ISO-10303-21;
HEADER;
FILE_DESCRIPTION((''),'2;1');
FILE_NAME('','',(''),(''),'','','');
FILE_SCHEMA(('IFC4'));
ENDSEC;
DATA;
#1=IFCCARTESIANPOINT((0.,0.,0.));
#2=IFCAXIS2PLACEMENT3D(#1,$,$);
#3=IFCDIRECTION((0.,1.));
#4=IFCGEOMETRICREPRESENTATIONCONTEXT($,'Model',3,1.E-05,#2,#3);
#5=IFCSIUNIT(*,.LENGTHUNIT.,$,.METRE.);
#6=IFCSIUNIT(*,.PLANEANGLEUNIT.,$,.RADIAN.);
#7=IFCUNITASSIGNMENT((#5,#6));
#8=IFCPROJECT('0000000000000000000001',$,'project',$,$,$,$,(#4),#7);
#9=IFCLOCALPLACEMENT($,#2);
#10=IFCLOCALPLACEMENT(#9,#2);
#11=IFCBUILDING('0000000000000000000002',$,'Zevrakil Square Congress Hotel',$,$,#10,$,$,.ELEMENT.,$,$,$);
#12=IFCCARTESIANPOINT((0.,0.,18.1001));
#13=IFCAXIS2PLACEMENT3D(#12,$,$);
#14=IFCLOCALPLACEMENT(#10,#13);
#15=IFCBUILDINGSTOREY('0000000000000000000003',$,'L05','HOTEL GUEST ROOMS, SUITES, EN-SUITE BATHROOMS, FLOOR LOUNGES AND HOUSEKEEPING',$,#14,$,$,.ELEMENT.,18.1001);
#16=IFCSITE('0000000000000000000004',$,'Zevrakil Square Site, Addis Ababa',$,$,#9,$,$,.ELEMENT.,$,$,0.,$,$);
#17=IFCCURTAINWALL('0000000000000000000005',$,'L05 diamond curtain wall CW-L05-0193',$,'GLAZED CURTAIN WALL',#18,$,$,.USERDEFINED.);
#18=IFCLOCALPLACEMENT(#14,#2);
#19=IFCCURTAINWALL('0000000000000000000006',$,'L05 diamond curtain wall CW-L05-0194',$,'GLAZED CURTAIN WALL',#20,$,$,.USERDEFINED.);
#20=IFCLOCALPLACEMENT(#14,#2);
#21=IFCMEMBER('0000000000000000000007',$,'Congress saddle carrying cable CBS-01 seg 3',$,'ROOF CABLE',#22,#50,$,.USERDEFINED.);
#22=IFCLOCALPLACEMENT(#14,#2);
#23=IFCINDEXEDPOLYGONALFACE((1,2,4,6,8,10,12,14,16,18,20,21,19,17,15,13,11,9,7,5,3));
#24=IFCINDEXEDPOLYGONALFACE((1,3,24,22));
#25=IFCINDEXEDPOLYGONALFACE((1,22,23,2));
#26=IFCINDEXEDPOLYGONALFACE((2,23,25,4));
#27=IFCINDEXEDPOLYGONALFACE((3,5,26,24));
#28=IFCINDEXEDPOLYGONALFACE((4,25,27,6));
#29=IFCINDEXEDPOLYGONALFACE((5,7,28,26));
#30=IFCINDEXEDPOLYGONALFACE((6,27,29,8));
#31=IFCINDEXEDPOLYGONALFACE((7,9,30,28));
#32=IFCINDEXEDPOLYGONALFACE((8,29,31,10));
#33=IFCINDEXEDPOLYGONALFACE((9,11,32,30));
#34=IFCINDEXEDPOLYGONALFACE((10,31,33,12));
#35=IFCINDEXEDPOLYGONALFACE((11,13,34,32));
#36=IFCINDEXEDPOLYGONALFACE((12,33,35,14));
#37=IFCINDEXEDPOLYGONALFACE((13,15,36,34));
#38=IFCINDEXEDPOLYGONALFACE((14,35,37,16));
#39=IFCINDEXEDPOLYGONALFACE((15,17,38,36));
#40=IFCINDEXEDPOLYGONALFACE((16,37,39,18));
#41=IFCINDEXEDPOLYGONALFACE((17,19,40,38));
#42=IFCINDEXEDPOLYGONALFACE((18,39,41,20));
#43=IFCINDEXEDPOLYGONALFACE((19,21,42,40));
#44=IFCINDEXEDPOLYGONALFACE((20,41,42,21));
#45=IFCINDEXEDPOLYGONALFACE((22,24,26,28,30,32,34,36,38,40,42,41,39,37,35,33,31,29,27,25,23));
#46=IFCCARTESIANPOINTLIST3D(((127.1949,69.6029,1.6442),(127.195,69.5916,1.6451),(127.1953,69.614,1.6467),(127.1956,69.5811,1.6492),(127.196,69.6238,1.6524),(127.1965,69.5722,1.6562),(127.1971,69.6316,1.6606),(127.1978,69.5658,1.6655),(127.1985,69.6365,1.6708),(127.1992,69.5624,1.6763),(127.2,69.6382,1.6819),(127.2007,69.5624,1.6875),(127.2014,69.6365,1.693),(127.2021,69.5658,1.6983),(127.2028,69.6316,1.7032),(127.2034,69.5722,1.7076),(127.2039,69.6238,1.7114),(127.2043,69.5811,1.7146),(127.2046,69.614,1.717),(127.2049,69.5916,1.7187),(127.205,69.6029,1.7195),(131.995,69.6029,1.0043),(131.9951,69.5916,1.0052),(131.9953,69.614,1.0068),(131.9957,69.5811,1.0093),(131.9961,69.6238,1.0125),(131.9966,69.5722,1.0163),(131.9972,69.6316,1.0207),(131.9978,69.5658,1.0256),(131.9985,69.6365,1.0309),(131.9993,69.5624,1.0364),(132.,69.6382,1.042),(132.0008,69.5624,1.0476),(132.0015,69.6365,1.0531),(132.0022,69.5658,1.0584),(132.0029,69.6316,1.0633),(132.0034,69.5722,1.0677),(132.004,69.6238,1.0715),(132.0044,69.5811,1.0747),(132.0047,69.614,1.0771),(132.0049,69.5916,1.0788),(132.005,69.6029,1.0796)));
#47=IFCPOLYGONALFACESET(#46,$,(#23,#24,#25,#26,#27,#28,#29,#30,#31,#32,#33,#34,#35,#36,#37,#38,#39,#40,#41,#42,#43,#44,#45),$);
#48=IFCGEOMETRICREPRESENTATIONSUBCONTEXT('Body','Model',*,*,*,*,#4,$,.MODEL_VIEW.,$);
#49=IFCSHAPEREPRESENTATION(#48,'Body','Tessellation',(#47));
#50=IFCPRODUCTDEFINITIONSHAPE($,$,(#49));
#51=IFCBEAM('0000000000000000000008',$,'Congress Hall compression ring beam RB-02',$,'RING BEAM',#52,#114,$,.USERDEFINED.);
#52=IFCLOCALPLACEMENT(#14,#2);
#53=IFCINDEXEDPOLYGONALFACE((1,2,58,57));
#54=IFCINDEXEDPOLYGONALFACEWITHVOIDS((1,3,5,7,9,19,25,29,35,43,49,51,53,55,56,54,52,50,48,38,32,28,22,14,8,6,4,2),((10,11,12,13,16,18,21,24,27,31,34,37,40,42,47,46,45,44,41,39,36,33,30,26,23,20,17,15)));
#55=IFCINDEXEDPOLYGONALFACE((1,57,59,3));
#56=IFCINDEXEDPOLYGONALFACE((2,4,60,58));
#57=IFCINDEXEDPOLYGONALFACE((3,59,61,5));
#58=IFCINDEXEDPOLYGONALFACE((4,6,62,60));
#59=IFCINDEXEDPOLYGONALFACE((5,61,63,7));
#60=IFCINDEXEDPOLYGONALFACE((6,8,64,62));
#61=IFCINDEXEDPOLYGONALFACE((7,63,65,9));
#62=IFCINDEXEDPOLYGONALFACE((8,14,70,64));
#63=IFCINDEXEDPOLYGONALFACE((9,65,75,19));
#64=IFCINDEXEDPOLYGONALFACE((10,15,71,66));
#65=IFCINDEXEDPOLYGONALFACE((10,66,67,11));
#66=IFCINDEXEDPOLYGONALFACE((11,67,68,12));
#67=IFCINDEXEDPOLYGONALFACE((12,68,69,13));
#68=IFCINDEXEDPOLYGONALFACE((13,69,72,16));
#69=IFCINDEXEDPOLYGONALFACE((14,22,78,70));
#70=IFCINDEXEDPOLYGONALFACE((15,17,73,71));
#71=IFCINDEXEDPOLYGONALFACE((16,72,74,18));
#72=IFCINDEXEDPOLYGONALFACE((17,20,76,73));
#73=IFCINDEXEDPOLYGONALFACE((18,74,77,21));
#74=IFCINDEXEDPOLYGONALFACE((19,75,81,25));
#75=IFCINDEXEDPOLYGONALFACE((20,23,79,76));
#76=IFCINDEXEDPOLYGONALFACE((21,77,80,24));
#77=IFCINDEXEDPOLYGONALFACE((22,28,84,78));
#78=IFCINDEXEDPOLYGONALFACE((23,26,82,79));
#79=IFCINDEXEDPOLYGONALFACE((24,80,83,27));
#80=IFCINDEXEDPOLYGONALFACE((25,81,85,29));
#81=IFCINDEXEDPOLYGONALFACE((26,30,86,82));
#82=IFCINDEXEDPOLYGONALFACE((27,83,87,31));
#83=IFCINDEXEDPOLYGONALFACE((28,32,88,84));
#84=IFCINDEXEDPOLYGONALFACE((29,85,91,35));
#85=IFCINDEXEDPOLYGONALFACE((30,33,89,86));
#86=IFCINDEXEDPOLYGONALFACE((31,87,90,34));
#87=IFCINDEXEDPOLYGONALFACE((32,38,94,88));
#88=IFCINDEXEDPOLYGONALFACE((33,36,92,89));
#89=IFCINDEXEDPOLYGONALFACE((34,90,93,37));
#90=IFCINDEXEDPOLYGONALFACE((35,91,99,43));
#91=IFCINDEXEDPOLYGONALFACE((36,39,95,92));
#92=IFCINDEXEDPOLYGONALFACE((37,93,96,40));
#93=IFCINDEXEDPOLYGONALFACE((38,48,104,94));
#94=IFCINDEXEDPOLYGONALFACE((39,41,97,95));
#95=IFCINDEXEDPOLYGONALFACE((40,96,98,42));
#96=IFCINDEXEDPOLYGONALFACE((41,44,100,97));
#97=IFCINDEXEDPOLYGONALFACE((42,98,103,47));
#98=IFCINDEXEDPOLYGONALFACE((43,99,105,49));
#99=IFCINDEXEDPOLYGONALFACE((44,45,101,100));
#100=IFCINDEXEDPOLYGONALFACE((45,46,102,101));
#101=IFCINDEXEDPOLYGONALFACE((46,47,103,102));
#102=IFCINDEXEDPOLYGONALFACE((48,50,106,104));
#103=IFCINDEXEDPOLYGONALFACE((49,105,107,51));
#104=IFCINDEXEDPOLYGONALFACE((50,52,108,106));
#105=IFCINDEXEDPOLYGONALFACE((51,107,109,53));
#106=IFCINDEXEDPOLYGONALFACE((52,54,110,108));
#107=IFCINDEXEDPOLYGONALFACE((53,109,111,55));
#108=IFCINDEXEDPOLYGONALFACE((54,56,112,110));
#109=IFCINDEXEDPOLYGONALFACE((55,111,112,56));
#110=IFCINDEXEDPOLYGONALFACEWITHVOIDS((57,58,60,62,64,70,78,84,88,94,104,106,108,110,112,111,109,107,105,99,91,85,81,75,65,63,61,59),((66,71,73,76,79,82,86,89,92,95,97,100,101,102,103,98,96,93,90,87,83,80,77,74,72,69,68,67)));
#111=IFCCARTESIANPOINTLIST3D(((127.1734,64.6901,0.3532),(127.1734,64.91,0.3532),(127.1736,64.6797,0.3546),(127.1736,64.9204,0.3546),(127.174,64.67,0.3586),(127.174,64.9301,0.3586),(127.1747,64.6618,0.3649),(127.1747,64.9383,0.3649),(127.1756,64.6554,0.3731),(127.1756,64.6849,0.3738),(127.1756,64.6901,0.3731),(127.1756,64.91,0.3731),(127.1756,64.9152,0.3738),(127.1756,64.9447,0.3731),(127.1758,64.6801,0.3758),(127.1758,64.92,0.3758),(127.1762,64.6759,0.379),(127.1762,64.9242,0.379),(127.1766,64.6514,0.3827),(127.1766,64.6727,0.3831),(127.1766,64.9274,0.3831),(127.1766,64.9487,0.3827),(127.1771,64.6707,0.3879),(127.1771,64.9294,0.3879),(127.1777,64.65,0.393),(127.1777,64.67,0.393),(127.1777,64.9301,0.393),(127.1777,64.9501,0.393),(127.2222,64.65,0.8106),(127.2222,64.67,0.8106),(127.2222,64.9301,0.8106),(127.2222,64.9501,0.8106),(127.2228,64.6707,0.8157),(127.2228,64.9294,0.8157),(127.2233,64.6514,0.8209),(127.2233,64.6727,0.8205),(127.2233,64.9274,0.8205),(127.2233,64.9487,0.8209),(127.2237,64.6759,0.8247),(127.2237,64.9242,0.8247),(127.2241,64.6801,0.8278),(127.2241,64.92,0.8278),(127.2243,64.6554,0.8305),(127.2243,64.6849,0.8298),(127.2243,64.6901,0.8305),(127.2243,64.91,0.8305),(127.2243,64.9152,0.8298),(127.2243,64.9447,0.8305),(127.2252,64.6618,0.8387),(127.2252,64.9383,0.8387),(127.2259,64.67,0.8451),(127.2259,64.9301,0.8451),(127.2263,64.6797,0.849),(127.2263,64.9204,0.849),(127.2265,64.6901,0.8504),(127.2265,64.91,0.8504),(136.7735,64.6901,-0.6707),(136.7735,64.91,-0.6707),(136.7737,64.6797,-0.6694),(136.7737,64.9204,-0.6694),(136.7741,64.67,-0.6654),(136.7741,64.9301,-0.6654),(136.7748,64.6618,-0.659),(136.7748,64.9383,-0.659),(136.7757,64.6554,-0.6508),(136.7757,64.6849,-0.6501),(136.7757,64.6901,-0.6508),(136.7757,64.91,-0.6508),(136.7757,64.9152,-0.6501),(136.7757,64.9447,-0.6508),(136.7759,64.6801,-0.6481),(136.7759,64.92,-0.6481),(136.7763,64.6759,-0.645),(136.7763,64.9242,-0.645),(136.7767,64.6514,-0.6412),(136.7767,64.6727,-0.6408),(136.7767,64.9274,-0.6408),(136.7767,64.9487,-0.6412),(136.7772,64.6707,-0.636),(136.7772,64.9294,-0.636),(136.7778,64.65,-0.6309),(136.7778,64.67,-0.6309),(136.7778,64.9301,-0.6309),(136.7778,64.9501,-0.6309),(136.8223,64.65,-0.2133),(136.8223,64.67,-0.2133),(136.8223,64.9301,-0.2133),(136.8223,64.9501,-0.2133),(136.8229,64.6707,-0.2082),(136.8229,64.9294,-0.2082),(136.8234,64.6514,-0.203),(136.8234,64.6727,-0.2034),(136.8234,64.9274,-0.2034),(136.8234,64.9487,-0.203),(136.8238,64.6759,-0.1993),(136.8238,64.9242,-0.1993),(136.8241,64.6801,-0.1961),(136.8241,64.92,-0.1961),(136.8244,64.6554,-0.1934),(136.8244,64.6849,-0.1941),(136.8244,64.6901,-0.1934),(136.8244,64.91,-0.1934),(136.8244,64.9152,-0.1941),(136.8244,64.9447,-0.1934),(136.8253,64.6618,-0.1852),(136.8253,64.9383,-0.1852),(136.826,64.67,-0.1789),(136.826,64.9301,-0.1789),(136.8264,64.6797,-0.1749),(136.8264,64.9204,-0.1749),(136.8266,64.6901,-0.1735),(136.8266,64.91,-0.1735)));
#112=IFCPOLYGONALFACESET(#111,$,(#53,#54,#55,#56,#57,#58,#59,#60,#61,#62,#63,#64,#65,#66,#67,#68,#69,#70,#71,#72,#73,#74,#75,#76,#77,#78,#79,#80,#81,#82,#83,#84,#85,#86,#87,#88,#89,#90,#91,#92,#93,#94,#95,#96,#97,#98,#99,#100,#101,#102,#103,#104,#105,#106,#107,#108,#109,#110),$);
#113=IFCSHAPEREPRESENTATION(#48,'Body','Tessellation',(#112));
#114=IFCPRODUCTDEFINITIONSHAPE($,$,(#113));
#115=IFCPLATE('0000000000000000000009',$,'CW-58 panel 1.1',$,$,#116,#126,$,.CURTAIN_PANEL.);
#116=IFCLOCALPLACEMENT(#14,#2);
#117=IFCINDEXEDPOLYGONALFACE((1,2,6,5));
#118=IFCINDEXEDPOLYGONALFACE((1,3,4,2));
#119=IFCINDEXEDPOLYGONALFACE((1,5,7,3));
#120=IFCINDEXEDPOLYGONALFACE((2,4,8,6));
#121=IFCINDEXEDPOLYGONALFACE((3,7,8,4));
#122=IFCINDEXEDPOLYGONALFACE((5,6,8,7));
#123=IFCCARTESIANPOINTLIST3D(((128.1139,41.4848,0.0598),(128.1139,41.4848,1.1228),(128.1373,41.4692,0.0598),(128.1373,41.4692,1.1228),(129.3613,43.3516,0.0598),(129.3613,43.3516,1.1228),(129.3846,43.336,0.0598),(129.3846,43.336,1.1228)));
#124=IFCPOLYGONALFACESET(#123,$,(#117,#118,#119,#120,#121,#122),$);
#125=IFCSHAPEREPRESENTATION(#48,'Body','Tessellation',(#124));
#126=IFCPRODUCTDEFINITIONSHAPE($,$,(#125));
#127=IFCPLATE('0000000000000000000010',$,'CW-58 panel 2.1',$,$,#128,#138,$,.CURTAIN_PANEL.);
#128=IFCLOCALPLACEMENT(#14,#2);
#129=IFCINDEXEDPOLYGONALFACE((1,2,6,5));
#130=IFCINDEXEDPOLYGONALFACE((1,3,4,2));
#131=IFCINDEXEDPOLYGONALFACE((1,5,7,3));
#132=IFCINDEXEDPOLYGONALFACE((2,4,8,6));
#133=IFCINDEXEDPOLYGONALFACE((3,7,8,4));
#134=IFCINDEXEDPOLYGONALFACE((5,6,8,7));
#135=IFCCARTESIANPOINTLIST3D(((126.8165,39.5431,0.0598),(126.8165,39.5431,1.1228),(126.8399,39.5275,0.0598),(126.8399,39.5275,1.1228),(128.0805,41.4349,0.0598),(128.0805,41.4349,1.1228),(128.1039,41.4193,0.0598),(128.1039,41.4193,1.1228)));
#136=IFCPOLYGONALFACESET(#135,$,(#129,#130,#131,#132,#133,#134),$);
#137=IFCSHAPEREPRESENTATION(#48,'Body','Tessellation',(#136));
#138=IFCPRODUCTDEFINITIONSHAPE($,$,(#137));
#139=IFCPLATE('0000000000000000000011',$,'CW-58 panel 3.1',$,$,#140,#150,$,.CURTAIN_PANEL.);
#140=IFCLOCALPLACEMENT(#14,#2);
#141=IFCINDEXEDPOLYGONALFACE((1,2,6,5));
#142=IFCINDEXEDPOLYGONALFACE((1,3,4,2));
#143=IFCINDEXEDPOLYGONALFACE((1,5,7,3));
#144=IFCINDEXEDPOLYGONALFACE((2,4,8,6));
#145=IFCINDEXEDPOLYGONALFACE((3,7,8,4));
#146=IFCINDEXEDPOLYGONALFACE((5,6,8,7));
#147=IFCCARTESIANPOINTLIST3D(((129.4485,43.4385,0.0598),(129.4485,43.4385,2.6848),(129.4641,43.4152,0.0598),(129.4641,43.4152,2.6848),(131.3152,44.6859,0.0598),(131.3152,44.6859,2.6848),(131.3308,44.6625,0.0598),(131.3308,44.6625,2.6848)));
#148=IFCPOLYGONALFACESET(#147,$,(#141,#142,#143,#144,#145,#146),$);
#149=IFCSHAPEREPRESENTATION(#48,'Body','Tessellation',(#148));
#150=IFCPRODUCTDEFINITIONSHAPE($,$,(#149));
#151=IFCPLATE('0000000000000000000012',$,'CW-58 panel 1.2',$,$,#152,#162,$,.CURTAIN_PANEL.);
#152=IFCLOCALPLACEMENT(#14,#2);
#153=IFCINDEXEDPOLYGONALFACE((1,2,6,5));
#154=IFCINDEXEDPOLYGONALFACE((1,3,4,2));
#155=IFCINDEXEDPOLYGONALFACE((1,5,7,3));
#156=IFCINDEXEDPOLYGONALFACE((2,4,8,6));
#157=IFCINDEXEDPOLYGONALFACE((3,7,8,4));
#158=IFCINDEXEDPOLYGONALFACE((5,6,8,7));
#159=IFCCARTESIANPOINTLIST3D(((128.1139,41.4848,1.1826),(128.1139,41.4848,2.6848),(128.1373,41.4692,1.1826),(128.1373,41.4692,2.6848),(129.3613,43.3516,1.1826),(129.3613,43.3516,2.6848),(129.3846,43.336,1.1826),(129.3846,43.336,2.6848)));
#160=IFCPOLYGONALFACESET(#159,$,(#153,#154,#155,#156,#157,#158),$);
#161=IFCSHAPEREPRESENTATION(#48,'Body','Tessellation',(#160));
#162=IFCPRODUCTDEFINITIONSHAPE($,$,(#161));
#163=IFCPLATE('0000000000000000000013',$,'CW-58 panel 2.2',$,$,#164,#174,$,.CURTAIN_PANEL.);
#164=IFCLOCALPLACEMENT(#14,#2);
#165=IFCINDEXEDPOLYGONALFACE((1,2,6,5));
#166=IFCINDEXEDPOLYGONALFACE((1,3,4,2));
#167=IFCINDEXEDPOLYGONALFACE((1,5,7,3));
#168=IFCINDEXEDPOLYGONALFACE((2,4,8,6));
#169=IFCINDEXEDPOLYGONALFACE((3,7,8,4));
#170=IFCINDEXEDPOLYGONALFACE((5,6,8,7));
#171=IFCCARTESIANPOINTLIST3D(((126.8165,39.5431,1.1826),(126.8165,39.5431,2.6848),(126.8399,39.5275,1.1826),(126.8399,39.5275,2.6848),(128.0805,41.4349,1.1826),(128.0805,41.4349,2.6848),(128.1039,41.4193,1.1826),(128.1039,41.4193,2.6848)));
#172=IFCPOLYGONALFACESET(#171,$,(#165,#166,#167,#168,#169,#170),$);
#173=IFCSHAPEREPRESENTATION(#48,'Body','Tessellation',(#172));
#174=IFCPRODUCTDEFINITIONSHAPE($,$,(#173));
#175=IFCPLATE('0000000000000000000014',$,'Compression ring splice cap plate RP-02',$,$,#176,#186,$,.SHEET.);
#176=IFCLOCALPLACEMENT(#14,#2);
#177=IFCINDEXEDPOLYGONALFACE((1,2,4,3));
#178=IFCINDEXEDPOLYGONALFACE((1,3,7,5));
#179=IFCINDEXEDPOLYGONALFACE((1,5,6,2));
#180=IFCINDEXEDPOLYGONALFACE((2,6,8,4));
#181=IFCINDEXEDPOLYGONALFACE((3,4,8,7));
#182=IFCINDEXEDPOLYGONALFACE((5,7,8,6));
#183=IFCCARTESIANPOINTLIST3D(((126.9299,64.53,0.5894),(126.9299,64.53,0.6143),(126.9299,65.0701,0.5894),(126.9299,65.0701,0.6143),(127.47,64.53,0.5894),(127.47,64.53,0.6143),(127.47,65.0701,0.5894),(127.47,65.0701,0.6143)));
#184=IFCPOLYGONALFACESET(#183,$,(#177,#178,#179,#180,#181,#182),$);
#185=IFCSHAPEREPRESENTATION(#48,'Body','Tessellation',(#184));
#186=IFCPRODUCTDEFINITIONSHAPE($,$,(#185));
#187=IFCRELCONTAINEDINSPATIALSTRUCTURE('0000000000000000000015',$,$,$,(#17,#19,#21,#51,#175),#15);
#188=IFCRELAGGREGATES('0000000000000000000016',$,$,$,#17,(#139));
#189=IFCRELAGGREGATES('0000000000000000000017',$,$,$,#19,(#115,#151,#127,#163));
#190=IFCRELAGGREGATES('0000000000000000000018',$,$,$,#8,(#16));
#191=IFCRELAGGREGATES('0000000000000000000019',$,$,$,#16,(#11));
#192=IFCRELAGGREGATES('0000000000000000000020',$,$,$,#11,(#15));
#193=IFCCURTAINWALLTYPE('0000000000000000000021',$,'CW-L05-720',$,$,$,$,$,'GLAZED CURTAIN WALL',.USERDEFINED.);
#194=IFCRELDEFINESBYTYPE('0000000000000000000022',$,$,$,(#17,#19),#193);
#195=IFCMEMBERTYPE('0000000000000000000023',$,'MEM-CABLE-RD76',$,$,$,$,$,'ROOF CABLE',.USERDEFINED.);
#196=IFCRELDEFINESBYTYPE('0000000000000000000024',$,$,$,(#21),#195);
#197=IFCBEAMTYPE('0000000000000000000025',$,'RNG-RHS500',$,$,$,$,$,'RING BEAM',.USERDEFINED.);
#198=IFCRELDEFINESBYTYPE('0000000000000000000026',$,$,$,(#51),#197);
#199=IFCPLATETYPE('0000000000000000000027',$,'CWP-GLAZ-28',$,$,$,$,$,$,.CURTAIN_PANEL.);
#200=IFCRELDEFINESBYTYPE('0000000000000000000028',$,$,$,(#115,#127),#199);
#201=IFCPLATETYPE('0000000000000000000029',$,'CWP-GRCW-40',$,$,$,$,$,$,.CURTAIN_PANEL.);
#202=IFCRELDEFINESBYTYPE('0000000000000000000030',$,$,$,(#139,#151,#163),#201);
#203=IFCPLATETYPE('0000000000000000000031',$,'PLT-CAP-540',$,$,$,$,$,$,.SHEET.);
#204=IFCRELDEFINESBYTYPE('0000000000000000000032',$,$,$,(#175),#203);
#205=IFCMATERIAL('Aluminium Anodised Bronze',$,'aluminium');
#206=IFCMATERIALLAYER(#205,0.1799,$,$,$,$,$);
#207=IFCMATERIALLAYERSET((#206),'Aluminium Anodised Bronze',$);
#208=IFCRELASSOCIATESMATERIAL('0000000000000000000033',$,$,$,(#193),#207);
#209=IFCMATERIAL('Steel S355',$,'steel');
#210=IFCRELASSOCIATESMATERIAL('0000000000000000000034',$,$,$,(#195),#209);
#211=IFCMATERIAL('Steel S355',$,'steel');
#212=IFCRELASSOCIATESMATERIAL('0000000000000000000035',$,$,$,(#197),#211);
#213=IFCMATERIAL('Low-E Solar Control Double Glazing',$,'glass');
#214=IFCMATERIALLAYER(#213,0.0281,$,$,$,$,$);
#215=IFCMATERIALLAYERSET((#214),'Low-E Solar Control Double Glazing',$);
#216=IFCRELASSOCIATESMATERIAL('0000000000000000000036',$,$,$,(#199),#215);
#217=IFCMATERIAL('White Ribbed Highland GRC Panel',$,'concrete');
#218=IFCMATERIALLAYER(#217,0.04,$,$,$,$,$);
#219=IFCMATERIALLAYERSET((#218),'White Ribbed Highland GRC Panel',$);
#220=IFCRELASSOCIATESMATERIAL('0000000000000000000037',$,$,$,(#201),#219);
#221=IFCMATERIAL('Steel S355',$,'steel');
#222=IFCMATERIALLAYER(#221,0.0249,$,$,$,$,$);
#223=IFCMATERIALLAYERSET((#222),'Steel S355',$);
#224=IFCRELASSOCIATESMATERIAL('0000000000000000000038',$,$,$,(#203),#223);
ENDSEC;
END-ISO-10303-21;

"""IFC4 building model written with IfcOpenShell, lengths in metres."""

from ifc_helpers import new_model, si_unit, direction, frame, origin, origin_2d, place, context, subcontext, project, spatial, rectangle, hollow_rectangle, circle, extrude, material, layer, layer_set, material_profile, profile_set, type_object, element, aggregate, save


model = new_model("IFC4")

# Units and contexts
model_context = context("Model", 3, precision=1e-05, world=origin(), true_north=direction((0.0, 1.0)))
body_context = subcontext(model_context, "Body", "Model", "MODEL_VIEW")
ifc_project = project(units=[si_unit("LENGTHUNIT", "METRE"), si_unit("PLANEANGLEUNIT", "RADIAN")], contexts=[model_context])

# Site, building, storey
site_placement = place(None, origin())
site = spatial("IfcSite", under=ifc_project, at=site_placement, Name="Zevrakil Square Site, Addis Ababa", CompositionType="ELEMENT", RefElevation=0.0)
building_placement = place(site_placement, origin())
building = spatial("IfcBuilding", under=site, at=building_placement, Name="Zevrakil Square Congress Hotel", CompositionType="ELEMENT")
storey_placement = place(building_placement, frame((0.0, 0.0, 18.1001)))
storey = spatial("IfcBuildingStorey", under=building, at=storey_placement, Name="L05", Description="HOTEL GUEST ROOMS, SUITES, EN-SUITE BATHROOMS, FLOOR LOUNGES AND HOUSEKEEPING", CompositionType="ELEMENT", Elevation=18.1001)

# Curtain walls
ifc_material_1 = material(Name="Aluminium Anodised Bronze", Category="aluminium")
ifc_layer_1 = layer(ifc_material_1, 0.1799)
ifc_layer_set_1 = layer_set([ifc_layer_1], Name="Aluminium Anodised Bronze")
curtain_wall_type = type_object("IfcCurtainWallType", Name="CW-L05-720", ElementType="GLAZED CURTAIN WALL", PredefinedType="USERDEFINED", material=ifc_layer_set_1)
curtain_wall_1_placement = place(storey_placement, origin())
curtain_wall_1 = element("IfcCurtainWall", 1, at=curtain_wall_1_placement, inside=storey, type_object=curtain_wall_type, Name="L05 diamond curtain wall CW-L05-0193", ObjectType="GLAZED CURTAIN WALL", PredefinedType="USERDEFINED")
curtain_wall_2_placement = place(storey_placement, origin())
curtain_wall_2 = element("IfcCurtainWall", 2, at=curtain_wall_2_placement, inside=storey, type_object=curtain_wall_type, Name="L05 diamond curtain wall CW-L05-0194", ObjectType="GLAZED CURTAIN WALL", PredefinedType="USERDEFINED")

# Member
ifc_material_2 = material(Name="Steel S355", Category="steel")
ifc_material_profile_1 = material_profile(ifc_material_2, circle(Radius=0.0381, at=origin_2d()), Name="CABLE RD76")
ifc_profile_set_1 = profile_set([ifc_material_profile_1], Name="Steel S355")
member_type_1 = type_object("IfcMemberType", Name="MEM-CABLE-RD76", ElementType="ROOF CABLE", PredefinedType="USERDEFINED", material=ifc_profile_set_1)
member_1_placement = place(storey_placement, frame((127.2, 69.6001, 1.6819), z_axis=(0.991231, 0.0, -0.132141), x_axis=(0.0, 1.0, 0.0)))
element("IfcMember", 3, at=member_1_placement, inside=storey, type_object=member_type_1, Name="Congress saddle carrying cable CBS-01 seg 3", ObjectType="ROOF CABLE", PredefinedType="USERDEFINED", context=body_context, shape_type="SweptSolid", body=[
    extrude(circle(Radius=0.0381, at=origin_2d()), origin(), (0.0, 0.0, 1.0), 4.8425),
])

# Beam
ifc_material_3 = material(Name="Steel S355", Category="steel")
ifc_material_profile_2 = material_profile(ifc_material_3, hollow_rectangle(XDim=0.3, YDim=0.5, WallThickness=0.02, InnerFilletRadius=0.02, OuterFilletRadius=0.04, at=origin_2d()), Name="RHS 500x300x20")
ifc_profile_set_2 = profile_set([ifc_material_profile_2], Name="Steel S355")
beam_type_1 = type_object("IfcBeamType", Name="RNG-RHS500", ElementType="RING BEAM", PredefinedType="USERDEFINED", material=ifc_profile_set_2)
beam_1_placement = place(storey_placement, frame((127.2, 64.8, 0.6018), z_axis=(0.99436, 0.0, -0.106056), x_axis=(0.0, 1.0, 0.0)))
element("IfcBeam", 4, at=beam_1_placement, inside=storey, type_object=beam_type_1, Name="Congress Hall compression ring beam RB-02", ObjectType="RING BEAM", PredefinedType="USERDEFINED", context=body_context, shape_type="SweptSolid", body=[
    extrude(hollow_rectangle(XDim=0.3, YDim=0.5, WallThickness=0.02, InnerFilletRadius=0.02, OuterFilletRadius=0.04, at=origin_2d()), origin(), (0.0, 0.0, 1.0), 9.6545),
])

# Plates
ifc_material_4 = material(Name="Low-E Solar Control Double Glazing", Category="glass")
ifc_layer_2 = layer(ifc_material_4, 0.0281)
ifc_layer_set_2 = layer_set([ifc_layer_2], Name="Low-E Solar Control Double Glazing")
plate_type_1 = type_object("IfcPlateType", Name="CWP-GLAZ-28", PredefinedType="CURTAIN_PANEL", material=ifc_layer_set_2)
plate_1_placement = place(storey_placement, frame((128.7493, 42.4104, 0.0598), z_axis=(0.0, 0.0, 1.0), x_axis=(-0.555576, -0.831466, 0.0)))
plate_1 = element("IfcPlate", 5, at=plate_1_placement, type_object=plate_type_1, Name="CW-58 panel 1.1", PredefinedType="CURTAIN_PANEL", context=body_context, shape_type="SweptSolid", body=[
    extrude(rectangle(XDim=2.2451, YDim=0.0281, at=origin_2d()), origin(), (0.0, 0.0, 1.0), 1.063),
])
plate_2_placement = place(storey_placement, frame((127.4602, 40.4812, 0.0598), z_axis=(0.0, 0.0, 1.0), x_axis=(-0.555576, -0.831466, 0.0)))
plate_2 = element("IfcPlate", 6, at=plate_2_placement, type_object=plate_type_1, Name="CW-58 panel 2.1", PredefinedType="CURTAIN_PANEL", context=body_context, shape_type="SweptSolid", body=[
    extrude(rectangle(XDim=2.2751, YDim=0.0281, at=origin_2d()), origin(), (0.0, 0.0, 1.0), 1.063),
])
ifc_material_5 = material(Name="White Ribbed Highland GRC Panel", Category="concrete")
ifc_layer_3 = layer(ifc_material_5, 0.04)
ifc_layer_set_3 = layer_set([ifc_layer_3], Name="White Ribbed Highland GRC Panel")
plate_type_2 = type_object("IfcPlateType", Name="CWP-GRCW-40", PredefinedType="CURTAIN_PANEL", material=ifc_layer_set_3)
plate_3_placement = place(storey_placement, frame((130.3896, 44.0505, 0.0598), z_axis=(0.0, 0.0, 1.0), x_axis=(-0.831466, -0.555576, 0.0)))
plate_3 = element("IfcPlate", 7, at=plate_3_placement, type_object=plate_type_2, Name="CW-58 panel 3.1", PredefinedType="CURTAIN_PANEL", context=body_context, shape_type="SweptSolid", body=[
    extrude(rectangle(XDim=2.2451, YDim=0.0281, at=origin_2d()), origin(), (0.0, 0.0, 1.0), 2.625),
])
aggregate(curtain_wall_1, [plate_3])
plate_4_placement = place(storey_placement, frame((128.7493, 42.4104, 1.1826), z_axis=(0.0, 0.0, 1.0), x_axis=(-0.555576, -0.831466, 0.0)))
plate_4 = element("IfcPlate", 8, at=plate_4_placement, type_object=plate_type_2, Name="CW-58 panel 1.2", PredefinedType="CURTAIN_PANEL", context=body_context, shape_type="SweptSolid", body=[
    extrude(rectangle(XDim=2.2451, YDim=0.0281, at=origin_2d()), origin(), (0.0, 0.0, 1.0), 1.5022),
])
plate_5_placement = place(storey_placement, frame((127.4602, 40.4812, 1.1826), z_axis=(0.0, 0.0, 1.0), x_axis=(-0.555576, -0.831466, 0.0)))
plate_5 = element("IfcPlate", 9, at=plate_5_placement, type_object=plate_type_2, Name="CW-58 panel 2.2", PredefinedType="CURTAIN_PANEL", context=body_context, shape_type="SweptSolid", body=[
    extrude(rectangle(XDim=2.2751, YDim=0.0281, at=origin_2d()), origin(), (0.0, 0.0, 1.0), 1.5022),
])
aggregate(curtain_wall_2, [plate_1, plate_4, plate_2, plate_5])
ifc_material_6 = material(Name="Steel S355", Category="steel")
ifc_layer_4 = layer(ifc_material_6, 0.0249)
ifc_layer_set_4 = layer_set([ifc_layer_4], Name="Steel S355")
plate_type_3 = type_object("IfcPlateType", Name="PLT-CAP-540", PredefinedType="SHEET", material=ifc_layer_set_4)
plate_6_placement = place(storey_placement, frame((127.2, 64.8, 0.5894), z_axis=(0.0, 0.0, 1.0), x_axis=(1.0, 0.0, 0.0)))
element("IfcPlate", 10, at=plate_6_placement, inside=storey, type_object=plate_type_3, Name="Compression ring splice cap plate RP-02", PredefinedType="SHEET", context=body_context, shape_type="SweptSolid", body=[
    extrude(rectangle(XDim=0.54, YDim=0.54, at=origin_2d()), origin(), (0.0, 0.0, 1.0), 0.0249),
])

save(model, "model.ifc")
